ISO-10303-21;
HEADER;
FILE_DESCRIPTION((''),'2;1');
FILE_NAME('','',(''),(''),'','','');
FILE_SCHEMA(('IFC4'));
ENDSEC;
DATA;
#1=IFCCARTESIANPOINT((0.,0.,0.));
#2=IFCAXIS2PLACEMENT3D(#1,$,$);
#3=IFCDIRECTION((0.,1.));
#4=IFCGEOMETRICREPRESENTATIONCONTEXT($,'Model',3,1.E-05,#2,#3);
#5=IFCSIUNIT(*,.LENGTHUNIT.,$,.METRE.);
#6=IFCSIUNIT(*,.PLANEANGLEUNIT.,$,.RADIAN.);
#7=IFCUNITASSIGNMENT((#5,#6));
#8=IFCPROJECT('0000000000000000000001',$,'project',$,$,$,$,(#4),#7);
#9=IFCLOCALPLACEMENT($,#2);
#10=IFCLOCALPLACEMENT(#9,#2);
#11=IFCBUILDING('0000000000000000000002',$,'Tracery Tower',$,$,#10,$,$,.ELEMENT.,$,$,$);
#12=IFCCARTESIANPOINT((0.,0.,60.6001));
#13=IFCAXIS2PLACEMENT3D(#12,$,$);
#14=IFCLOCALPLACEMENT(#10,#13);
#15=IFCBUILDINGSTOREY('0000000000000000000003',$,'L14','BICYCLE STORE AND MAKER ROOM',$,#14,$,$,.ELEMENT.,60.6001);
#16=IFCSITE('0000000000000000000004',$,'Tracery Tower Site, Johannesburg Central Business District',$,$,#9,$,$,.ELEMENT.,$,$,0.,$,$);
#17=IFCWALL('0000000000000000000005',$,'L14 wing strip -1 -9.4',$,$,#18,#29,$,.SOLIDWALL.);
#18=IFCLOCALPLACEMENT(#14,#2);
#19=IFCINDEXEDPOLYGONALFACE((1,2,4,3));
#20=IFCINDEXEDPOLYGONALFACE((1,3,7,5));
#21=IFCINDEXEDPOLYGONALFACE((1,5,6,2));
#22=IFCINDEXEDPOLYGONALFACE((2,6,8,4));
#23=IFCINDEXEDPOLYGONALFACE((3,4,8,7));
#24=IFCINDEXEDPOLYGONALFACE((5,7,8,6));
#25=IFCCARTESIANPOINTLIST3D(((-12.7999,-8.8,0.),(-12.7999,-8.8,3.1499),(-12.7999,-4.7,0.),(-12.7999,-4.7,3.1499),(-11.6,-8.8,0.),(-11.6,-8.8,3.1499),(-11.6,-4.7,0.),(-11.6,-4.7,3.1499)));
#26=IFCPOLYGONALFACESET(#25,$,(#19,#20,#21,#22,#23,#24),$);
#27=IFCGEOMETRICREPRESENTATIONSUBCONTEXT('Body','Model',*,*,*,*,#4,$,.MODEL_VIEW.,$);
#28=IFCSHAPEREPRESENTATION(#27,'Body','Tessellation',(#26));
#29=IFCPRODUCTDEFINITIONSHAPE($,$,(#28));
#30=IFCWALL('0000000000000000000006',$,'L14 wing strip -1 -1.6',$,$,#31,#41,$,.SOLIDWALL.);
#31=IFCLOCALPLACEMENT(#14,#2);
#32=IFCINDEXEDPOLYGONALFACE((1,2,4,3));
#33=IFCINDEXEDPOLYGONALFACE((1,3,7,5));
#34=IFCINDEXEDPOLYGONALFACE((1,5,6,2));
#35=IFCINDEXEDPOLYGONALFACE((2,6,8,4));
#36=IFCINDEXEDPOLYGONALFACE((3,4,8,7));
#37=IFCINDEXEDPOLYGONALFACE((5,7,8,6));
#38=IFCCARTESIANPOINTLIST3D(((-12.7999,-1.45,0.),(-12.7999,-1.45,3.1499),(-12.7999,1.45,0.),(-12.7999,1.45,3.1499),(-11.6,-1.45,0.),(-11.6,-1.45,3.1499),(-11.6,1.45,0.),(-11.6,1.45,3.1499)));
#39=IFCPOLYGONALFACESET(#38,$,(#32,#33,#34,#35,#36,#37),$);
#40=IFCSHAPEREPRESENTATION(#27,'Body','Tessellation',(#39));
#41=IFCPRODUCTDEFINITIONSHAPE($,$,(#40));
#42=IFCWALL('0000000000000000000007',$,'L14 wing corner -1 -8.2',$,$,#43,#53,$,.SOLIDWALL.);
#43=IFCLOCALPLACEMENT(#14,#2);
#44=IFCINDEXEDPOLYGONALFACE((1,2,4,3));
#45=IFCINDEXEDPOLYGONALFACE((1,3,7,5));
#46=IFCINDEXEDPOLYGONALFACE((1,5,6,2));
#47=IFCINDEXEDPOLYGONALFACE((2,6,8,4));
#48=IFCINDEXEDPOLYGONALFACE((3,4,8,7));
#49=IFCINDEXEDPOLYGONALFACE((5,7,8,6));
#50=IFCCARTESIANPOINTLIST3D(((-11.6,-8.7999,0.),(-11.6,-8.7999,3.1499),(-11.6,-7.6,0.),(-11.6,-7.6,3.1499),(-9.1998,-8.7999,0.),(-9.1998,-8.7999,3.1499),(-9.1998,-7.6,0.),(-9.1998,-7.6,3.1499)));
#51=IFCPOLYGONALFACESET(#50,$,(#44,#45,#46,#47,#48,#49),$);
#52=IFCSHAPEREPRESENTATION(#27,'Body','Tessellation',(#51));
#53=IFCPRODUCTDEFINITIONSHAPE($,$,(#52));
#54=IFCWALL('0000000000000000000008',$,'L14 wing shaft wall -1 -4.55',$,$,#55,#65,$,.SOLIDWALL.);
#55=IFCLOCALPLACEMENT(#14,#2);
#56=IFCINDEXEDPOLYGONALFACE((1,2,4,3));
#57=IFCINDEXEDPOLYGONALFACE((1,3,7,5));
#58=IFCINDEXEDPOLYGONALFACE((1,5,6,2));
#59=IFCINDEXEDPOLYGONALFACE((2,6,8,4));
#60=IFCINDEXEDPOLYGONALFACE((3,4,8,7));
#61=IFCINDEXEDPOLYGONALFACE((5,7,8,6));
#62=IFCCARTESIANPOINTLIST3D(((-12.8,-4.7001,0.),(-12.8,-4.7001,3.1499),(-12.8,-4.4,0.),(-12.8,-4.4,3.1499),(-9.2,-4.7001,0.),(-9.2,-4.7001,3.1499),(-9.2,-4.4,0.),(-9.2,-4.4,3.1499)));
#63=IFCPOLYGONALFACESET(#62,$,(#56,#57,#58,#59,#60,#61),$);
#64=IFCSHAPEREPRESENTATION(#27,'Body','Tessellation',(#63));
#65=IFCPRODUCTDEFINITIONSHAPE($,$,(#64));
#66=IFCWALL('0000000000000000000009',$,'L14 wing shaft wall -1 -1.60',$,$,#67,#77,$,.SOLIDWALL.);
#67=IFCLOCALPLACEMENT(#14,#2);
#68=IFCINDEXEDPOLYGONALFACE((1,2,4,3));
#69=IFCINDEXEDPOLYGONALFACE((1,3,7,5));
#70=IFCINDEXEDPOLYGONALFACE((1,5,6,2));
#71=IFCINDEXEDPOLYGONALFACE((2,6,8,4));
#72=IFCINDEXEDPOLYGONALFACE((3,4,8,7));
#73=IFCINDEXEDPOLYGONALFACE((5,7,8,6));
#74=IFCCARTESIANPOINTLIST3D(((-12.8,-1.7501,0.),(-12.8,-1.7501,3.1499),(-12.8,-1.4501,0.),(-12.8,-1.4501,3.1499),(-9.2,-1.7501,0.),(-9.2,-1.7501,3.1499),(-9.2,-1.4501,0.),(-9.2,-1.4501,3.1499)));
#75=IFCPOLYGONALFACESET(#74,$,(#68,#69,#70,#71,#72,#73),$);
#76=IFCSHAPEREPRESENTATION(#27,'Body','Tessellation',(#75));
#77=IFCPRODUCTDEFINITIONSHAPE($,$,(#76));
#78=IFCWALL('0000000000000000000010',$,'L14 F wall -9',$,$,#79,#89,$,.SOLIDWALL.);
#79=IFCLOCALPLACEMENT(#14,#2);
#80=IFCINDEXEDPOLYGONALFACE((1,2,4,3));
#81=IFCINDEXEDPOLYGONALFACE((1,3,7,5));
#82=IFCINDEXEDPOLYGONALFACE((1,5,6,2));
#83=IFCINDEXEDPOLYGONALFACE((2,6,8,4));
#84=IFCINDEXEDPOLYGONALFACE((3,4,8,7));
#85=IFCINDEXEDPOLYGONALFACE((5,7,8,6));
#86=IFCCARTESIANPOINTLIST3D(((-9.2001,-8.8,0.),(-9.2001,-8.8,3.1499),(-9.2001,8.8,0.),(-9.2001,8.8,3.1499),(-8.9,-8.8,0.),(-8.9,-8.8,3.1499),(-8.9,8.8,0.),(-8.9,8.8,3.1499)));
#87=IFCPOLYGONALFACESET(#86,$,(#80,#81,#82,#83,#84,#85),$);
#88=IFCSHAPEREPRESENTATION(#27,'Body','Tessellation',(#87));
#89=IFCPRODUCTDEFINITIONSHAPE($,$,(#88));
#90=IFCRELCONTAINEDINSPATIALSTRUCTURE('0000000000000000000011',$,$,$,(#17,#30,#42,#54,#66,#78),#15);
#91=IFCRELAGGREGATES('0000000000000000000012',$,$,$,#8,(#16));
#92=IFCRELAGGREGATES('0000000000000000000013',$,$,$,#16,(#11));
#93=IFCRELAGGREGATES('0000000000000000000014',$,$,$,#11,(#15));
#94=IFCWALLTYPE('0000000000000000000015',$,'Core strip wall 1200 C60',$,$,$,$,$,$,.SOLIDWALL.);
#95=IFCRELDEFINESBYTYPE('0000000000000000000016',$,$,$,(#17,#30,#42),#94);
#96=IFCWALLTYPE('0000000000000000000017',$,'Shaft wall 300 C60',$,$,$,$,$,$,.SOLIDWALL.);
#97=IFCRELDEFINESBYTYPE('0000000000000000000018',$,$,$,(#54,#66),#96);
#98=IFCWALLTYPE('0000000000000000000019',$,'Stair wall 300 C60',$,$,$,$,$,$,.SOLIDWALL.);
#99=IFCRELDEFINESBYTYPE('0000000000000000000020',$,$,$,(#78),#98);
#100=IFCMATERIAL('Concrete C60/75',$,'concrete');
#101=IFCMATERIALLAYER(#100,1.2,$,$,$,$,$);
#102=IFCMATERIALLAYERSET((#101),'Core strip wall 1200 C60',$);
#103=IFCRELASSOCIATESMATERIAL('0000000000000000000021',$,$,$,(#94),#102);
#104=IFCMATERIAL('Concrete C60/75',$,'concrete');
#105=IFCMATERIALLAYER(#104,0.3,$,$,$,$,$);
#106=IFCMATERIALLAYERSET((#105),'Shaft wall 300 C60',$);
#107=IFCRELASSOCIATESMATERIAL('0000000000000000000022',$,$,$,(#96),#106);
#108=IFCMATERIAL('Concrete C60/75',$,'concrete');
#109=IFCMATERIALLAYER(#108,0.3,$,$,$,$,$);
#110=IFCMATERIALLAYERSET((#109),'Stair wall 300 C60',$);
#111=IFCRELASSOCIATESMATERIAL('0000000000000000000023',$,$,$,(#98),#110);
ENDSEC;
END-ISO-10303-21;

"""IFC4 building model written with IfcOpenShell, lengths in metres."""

from ifc_helpers import new_model, si_unit, direction, frame, frame_2d, origin, place, context, subcontext, project, spatial, rectangle, extrude, material, layer, layer_set, type_object, element, save


model = new_model("IFC4")

# Units and contexts
model_context = context("Model", 3, precision=1e-05, world=origin(), true_north=direction((0.0, 1.0)))
body_context = subcontext(model_context, "Body", "Model", "MODEL_VIEW")
ifc_project = project(units=[si_unit("LENGTHUNIT", "METRE"), si_unit("PLANEANGLEUNIT", "RADIAN")], contexts=[model_context])

# Site, building, storey
site_placement = place(None, origin())
site = spatial("IfcSite", under=ifc_project, at=site_placement, Name="Tracery Tower Site, Johannesburg Central Business District", CompositionType="ELEMENT", RefElevation=0.0)
building_placement = place(site_placement, origin())
building = spatial("IfcBuilding", under=site, at=building_placement, Name="Tracery Tower", CompositionType="ELEMENT")
storey_placement = place(building_placement, frame((0.0, 0.0, 60.6001)))
storey = spatial("IfcBuildingStorey", under=building, at=storey_placement, Name="L14", Description="BICYCLE STORE AND MAKER ROOM", CompositionType="ELEMENT", Elevation=60.6001)

# Walls
ifc_material_1 = material(Name="Concrete C60/75", Category="concrete")
ifc_layer_1 = layer(ifc_material_1, 1.2)
ifc_layer_set_1 = layer_set([ifc_layer_1], Name="Core strip wall 1200 C60")
wall_type_1 = type_object("IfcWallType", Name="Core strip wall 1200 C60", PredefinedType="SOLIDWALL", material=ifc_layer_set_1)
wall_1_placement = place(storey_placement, frame((-12.2, -8.8, 0.0), z_axis=(0.0, 0.0, 1.0), x_axis=(0.0, 1.0, 0.0)))
element("IfcWall", 1, at=wall_1_placement, inside=storey, type_object=wall_type_1, Name="L14 wing strip -1 -9.4", PredefinedType="SOLIDWALL", context=body_context, shape_type="SweptSolid", body=[
    extrude(rectangle(XDim=4.1001, YDim=1.2, at=frame_2d((2.05, 0.0))), origin(), (0.0, 0.0, 1.0), 3.1499),
])
wall_2_placement = place(storey_placement, frame((-12.2, -1.45, 0.0), z_axis=(0.0, 0.0, 1.0), x_axis=(0.0, 1.0, 0.0)))
element("IfcWall", 2, at=wall_2_placement, inside=storey, type_object=wall_type_1, Name="L14 wing strip -1 -1.6", PredefinedType="SOLIDWALL", context=body_context, shape_type="SweptSolid", body=[
    extrude(rectangle(XDim=2.8999, YDim=1.2, at=frame_2d((1.45, 0.0))), origin(), (0.0, 0.0, 1.0), 3.1499),
])
wall_3_placement = place(storey_placement, frame((-11.6001, -8.2, 0.0), z_axis=(0.0, 0.0, 1.0), x_axis=(1.0, 0.0, 0.0)))
element("IfcWall", 3, at=wall_3_placement, inside=storey, type_object=wall_type_1, Name="L14 wing corner -1 -8.2", PredefinedType="SOLIDWALL", context=body_context, shape_type="SweptSolid", body=[
    extrude(rectangle(XDim=2.4001, YDim=1.2, at=frame_2d((1.2002, 0.0))), origin(), (0.0, 0.0, 1.0), 3.1499),
])

# Walls
ifc_material_2 = material(Name="Concrete C60/75", Category="concrete")
ifc_layer_2 = layer(ifc_material_2, 0.3)
ifc_layer_set_2 = layer_set([ifc_layer_2], Name="Shaft wall 300 C60")
wall_type_2 = type_object("IfcWallType", Name="Shaft wall 300 C60", PredefinedType="SOLIDWALL", material=ifc_layer_set_2)
for number, where, z_axis, x_axis, name in (
    (4, (-12.8, -4.55, 0.0), (0.0, 0.0, 1.0), (1.0, 0.0, 0.0), "L14 wing shaft wall -1 -4.55"),
    (5, (-12.8, -1.6001, 0.0), (0.0, 0.0, 1.0), (1.0, 0.0, 0.0), "L14 wing shaft wall -1 -1.60"),
):
    element("IfcWall", number, at=place(storey_placement, frame(where, z_axis=z_axis, x_axis=x_axis)), inside=storey, type_object=wall_type_2, Name=name, PredefinedType="SOLIDWALL", context=body_context, shape_type="SweptSolid", body=[
        extrude(rectangle(XDim=3.6001, YDim=0.3, at=frame_2d((1.8, 0.0))), origin(), (0.0, 0.0, 1.0), 3.1499),
    ])

# Shared definitions
ifc_material_3 = material(Name="Concrete C60/75", Category="concrete")
ifc_layer_3 = layer(ifc_material_3, 0.3)
ifc_layer_set_3 = layer_set([ifc_layer_3], Name="Stair wall 300 C60")
wall_type_3 = type_object("IfcWallType", Name="Stair wall 300 C60", PredefinedType="SOLIDWALL", material=ifc_layer_set_3)

# Wall
wall_4_placement = place(storey_placement, frame((-9.05, -8.8, 0.0), z_axis=(0.0, 0.0, 1.0), x_axis=(0.0, 1.0, 0.0)))
element("IfcWall", 6, at=wall_4_placement, inside=storey, type_object=wall_type_3, Name="L14 F wall -9", PredefinedType="SOLIDWALL", context=body_context, shape_type="SweptSolid", body=[
    extrude(rectangle(XDim=17.6001, YDim=0.3, at=frame_2d((8.8, 0.0))), origin(), (0.0, 0.0, 1.0), 3.1499),
])

save(model, "model.ifc")
